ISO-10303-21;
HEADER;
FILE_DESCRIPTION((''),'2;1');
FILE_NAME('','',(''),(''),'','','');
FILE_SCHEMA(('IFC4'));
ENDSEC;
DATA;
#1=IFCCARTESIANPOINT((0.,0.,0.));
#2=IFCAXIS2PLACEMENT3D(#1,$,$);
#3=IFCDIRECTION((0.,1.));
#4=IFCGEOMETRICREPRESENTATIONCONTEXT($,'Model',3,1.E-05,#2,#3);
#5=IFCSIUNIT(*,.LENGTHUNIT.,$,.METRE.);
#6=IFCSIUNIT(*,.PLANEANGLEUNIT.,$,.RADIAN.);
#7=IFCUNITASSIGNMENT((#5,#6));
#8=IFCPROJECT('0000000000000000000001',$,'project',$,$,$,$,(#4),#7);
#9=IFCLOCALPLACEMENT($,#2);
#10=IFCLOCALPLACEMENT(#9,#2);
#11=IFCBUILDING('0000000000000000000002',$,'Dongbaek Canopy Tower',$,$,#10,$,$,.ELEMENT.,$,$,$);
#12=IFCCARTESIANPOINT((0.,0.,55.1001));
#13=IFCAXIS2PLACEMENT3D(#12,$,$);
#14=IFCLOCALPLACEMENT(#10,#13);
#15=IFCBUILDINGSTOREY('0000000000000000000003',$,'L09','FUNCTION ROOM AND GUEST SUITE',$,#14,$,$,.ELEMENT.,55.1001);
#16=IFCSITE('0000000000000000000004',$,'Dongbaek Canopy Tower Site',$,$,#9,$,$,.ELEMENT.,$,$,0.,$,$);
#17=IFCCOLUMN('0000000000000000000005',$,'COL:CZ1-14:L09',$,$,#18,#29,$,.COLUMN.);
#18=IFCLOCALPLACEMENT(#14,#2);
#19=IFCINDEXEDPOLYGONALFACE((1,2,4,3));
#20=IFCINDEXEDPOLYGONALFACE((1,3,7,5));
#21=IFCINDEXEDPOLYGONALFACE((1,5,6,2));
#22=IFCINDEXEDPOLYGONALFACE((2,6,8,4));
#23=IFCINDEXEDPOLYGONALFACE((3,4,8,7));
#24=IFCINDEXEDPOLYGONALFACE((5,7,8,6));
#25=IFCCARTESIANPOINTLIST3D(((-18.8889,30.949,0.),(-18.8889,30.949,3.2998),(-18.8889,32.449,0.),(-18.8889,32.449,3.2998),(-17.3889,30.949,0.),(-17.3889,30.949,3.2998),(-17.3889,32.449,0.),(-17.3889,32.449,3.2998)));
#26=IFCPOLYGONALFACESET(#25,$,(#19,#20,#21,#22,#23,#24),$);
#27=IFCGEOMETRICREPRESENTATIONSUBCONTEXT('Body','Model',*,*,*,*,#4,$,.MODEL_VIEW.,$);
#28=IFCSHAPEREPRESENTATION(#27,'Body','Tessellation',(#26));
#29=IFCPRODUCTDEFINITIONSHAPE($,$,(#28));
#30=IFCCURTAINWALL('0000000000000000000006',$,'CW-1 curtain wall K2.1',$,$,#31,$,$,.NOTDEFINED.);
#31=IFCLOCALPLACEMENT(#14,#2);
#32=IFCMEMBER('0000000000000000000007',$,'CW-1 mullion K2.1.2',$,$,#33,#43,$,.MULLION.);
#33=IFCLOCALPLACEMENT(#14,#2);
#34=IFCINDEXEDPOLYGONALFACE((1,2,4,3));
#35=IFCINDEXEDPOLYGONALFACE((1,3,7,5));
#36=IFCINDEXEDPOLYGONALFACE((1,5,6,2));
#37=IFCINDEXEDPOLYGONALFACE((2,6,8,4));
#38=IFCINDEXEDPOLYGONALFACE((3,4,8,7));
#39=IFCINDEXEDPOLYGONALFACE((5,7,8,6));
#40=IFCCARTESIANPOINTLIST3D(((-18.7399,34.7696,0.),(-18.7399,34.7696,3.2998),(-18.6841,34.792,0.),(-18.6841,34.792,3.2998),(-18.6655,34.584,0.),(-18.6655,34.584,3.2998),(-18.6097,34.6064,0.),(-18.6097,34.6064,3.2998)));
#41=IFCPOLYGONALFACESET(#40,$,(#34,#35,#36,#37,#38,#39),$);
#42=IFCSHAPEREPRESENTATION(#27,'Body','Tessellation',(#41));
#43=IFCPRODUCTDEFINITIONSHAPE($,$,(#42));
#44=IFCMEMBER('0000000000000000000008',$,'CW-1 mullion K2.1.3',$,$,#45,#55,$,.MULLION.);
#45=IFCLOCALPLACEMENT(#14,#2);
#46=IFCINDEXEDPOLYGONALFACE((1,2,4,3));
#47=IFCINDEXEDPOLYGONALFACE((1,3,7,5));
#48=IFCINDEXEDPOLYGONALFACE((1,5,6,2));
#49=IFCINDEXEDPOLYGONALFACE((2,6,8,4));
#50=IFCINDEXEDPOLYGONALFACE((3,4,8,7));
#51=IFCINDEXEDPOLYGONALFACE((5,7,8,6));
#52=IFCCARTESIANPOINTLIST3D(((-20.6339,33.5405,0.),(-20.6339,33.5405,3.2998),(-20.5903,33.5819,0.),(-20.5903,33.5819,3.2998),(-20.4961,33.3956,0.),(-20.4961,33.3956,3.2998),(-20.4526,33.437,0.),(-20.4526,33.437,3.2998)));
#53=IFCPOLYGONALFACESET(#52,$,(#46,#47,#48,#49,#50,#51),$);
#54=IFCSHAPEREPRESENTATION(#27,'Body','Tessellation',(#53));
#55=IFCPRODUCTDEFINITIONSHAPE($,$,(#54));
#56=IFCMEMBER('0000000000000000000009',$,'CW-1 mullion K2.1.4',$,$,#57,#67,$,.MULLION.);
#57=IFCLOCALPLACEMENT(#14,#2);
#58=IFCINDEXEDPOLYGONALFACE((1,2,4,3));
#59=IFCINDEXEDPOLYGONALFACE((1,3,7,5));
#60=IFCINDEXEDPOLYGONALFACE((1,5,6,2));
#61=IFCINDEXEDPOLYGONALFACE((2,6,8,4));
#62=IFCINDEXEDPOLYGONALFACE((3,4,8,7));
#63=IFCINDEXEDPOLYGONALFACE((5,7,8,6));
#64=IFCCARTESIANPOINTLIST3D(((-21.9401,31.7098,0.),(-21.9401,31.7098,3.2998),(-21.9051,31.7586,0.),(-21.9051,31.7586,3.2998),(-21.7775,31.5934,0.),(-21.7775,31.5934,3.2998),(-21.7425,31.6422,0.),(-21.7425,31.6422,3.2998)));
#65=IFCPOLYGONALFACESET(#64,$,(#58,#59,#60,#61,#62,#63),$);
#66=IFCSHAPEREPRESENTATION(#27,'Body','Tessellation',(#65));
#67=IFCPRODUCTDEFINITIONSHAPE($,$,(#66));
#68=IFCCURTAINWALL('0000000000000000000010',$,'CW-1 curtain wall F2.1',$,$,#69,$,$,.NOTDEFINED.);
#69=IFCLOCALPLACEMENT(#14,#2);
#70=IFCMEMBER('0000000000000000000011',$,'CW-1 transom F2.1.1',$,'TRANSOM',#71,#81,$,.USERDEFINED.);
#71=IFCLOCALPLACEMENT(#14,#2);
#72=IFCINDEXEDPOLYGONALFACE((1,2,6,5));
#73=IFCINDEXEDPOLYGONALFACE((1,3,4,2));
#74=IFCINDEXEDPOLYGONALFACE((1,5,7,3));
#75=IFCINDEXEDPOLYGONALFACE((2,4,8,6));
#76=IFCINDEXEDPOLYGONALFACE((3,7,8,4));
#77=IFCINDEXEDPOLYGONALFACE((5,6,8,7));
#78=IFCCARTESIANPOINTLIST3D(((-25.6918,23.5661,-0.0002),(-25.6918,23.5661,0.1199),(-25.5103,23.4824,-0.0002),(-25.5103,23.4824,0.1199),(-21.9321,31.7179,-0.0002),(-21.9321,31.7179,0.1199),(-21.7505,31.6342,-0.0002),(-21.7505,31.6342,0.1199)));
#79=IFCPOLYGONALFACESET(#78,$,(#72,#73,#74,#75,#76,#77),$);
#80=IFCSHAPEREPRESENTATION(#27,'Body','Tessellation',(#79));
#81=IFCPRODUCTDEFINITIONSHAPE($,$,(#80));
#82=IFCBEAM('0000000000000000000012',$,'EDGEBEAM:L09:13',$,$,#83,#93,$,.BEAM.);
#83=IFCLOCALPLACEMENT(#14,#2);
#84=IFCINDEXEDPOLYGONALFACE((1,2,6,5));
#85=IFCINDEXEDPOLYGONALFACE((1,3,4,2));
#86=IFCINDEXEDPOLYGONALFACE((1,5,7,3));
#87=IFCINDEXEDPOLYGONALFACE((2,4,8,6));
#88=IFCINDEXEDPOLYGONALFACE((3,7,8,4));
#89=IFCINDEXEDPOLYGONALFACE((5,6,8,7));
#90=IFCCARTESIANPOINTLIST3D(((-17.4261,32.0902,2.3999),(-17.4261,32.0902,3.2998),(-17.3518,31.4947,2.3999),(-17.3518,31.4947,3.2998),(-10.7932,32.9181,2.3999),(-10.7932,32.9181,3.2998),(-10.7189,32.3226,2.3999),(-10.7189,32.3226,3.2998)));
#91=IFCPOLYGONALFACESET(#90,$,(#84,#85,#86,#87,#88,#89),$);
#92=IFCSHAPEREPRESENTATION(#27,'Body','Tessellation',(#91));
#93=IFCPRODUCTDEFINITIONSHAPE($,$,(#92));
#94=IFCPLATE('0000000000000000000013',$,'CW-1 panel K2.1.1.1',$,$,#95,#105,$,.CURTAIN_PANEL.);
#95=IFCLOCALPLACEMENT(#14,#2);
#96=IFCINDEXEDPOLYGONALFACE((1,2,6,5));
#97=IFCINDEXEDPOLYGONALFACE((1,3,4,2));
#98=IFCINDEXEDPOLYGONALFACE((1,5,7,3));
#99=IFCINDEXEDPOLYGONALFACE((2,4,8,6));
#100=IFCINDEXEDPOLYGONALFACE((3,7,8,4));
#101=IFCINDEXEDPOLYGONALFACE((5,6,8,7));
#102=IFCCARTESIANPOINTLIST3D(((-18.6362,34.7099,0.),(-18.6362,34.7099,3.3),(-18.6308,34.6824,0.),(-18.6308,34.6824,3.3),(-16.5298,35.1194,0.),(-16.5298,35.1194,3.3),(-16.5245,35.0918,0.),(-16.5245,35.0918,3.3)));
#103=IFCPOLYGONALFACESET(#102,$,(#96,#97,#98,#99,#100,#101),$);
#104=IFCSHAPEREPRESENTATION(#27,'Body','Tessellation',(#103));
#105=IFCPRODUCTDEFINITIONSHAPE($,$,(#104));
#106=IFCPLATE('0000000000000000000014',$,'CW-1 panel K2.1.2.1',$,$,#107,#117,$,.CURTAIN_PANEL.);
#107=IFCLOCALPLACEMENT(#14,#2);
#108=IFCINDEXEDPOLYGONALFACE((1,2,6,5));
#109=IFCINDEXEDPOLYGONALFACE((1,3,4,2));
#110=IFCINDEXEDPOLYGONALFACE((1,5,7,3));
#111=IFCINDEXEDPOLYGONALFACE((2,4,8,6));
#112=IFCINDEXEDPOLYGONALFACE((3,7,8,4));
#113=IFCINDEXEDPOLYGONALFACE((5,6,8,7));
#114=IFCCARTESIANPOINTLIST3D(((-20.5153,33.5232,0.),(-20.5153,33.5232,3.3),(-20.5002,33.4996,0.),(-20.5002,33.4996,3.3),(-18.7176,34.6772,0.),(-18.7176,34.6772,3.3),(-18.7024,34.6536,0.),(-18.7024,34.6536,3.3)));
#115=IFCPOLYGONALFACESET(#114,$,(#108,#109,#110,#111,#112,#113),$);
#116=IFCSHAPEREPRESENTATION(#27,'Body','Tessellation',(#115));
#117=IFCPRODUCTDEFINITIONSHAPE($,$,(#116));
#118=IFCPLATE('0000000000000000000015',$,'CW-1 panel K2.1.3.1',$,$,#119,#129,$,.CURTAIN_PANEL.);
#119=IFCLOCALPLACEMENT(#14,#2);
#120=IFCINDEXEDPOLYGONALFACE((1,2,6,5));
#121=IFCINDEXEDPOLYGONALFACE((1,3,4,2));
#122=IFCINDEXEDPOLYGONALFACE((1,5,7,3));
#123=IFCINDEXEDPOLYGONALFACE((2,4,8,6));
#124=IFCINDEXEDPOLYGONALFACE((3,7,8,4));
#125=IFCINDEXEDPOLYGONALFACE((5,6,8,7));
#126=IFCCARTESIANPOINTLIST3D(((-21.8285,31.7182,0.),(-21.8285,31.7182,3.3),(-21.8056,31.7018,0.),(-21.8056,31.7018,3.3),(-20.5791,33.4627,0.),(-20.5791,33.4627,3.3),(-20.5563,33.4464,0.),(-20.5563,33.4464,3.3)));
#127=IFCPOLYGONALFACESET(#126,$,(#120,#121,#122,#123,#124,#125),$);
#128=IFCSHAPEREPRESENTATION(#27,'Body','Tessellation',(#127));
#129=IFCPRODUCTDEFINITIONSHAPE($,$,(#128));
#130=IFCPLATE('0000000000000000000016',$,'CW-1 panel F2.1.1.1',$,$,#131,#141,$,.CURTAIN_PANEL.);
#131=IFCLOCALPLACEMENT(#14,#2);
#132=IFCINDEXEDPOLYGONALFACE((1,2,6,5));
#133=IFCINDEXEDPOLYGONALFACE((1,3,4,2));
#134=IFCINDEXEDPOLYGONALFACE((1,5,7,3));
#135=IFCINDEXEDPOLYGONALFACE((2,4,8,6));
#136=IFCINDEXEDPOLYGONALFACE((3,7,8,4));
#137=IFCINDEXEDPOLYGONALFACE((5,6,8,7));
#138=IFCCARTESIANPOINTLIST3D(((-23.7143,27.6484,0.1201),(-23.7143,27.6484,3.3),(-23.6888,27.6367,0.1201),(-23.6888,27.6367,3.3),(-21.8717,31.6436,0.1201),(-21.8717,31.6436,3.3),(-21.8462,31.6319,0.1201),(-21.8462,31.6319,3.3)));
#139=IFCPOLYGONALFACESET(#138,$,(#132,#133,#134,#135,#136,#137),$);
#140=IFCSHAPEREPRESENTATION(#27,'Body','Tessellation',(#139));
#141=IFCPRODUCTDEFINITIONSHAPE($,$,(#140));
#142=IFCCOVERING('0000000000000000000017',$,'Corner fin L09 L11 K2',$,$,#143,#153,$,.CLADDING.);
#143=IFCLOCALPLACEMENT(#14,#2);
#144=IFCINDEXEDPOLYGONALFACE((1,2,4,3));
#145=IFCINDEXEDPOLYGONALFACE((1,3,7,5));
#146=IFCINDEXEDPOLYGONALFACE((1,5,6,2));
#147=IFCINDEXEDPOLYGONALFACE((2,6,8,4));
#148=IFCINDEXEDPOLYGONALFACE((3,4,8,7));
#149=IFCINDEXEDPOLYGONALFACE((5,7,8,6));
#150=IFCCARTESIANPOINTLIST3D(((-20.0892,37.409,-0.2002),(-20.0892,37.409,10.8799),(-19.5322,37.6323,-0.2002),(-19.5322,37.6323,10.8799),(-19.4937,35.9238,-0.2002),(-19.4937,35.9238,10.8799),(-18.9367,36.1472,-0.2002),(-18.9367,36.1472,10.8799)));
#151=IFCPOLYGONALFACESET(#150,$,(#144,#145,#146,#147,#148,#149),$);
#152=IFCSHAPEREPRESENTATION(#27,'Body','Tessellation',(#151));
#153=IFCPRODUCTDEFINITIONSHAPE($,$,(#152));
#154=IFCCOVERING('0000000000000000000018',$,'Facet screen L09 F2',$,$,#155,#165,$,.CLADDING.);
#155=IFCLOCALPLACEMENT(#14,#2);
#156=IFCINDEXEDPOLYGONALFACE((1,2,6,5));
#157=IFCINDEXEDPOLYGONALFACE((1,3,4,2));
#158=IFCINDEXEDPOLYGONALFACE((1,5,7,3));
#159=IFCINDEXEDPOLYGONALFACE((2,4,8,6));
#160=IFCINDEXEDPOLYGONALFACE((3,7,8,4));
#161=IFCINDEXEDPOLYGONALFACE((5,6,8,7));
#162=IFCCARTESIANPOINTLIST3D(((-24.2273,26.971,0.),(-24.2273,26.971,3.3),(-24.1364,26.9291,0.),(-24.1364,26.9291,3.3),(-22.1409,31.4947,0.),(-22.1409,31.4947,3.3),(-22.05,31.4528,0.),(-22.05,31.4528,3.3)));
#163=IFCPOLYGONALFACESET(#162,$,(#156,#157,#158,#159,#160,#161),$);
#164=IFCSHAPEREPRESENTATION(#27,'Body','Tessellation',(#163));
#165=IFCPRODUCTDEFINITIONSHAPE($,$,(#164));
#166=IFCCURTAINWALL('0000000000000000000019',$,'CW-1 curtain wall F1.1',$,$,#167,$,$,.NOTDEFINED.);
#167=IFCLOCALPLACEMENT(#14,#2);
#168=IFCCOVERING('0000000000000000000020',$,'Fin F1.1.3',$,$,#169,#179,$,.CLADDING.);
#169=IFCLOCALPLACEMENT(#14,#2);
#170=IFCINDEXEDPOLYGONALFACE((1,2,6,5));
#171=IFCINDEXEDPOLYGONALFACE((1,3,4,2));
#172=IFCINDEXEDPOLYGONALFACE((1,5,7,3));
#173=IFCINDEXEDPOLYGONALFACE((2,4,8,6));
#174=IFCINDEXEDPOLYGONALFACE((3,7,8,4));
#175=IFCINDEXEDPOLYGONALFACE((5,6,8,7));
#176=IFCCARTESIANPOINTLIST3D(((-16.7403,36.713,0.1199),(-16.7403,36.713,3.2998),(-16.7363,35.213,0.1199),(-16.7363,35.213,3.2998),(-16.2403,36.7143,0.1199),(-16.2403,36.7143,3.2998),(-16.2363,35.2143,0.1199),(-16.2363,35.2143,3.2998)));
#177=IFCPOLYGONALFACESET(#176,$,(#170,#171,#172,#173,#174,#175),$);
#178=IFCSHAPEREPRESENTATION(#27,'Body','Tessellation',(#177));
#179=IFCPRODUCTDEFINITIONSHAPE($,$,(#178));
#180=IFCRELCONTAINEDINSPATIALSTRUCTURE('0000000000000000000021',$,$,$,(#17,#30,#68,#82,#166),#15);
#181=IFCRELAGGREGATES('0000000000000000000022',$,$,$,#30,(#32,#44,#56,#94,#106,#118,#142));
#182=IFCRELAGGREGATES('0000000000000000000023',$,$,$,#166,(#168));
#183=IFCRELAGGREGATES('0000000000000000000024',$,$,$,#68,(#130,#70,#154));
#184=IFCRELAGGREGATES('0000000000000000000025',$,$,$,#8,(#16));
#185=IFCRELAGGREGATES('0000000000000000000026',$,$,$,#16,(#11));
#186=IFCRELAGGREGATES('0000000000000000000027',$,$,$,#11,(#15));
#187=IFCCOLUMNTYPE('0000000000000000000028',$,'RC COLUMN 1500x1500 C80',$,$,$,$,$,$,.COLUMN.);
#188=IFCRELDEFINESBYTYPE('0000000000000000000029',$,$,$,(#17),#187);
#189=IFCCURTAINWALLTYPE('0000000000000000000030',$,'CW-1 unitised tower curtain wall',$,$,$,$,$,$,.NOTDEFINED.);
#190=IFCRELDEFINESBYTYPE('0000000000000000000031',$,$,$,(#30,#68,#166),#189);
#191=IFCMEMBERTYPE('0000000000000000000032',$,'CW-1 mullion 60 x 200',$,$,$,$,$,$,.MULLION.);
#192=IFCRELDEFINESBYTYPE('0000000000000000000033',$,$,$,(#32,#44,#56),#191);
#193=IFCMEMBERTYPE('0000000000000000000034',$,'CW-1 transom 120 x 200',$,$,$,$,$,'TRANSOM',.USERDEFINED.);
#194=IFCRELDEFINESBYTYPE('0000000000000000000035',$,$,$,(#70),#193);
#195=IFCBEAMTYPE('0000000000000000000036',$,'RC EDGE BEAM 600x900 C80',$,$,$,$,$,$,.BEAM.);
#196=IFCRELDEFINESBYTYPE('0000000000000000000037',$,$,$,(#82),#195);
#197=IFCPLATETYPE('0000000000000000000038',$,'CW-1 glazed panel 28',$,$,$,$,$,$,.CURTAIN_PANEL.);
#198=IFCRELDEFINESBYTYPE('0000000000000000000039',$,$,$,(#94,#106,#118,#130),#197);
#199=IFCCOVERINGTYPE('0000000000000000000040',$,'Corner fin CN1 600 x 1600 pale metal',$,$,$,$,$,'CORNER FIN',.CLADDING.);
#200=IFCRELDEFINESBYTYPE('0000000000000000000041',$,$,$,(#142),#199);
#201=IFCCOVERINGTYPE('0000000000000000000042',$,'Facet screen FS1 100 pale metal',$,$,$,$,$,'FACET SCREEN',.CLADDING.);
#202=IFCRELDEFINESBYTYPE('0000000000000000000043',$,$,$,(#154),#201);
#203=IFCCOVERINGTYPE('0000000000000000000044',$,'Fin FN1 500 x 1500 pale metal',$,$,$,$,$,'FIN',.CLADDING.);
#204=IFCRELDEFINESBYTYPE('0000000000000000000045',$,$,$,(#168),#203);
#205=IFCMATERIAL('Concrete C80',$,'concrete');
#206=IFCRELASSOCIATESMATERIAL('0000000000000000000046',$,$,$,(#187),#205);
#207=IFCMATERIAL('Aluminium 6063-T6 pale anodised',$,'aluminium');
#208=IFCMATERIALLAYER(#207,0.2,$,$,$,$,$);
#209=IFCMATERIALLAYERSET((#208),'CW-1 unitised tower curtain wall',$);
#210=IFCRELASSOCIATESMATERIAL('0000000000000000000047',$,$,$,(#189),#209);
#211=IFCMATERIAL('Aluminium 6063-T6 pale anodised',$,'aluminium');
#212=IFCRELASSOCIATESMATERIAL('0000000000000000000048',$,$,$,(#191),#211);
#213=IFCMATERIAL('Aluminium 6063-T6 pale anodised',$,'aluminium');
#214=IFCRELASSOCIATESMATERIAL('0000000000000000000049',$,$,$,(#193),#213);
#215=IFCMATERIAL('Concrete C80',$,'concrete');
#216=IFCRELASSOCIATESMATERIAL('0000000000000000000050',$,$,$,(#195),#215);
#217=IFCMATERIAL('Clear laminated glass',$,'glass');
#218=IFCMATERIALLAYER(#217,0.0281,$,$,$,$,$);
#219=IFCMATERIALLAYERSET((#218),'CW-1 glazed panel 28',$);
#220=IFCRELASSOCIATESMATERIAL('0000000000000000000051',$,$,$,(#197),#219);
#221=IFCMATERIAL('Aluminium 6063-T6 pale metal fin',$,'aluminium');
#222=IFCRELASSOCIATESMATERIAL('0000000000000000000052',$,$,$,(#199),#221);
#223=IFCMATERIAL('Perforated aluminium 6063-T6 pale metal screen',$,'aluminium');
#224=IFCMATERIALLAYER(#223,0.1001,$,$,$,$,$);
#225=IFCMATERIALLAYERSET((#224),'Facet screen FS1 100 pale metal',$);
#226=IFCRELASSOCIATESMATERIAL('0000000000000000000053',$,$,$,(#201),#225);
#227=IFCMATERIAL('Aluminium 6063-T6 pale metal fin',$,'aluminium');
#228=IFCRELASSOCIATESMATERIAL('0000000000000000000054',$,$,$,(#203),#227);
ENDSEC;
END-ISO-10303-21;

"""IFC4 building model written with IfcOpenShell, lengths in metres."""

from ifc_helpers import new_model, si_unit, direction, frame, origin, origin_2d, place, context, subcontext, project, spatial, rectangle, extrude, material, layer, layer_set, material_profile, profile_set, type_object, element, aggregate, save


model = new_model("IFC4")

# Units and contexts
model_context = context("Model", 3, precision=1e-05, world=origin(), true_north=direction((0.0, 1.0)))
body_context = subcontext(model_context, "Body", "Model", "MODEL_VIEW")
ifc_project = project(units=[si_unit("LENGTHUNIT", "METRE"), si_unit("PLANEANGLEUNIT", "RADIAN")], contexts=[model_context])

# Site, building, storey
site_placement = place(None, origin())
site = spatial("IfcSite", under=ifc_project, at=site_placement, Name="Dongbaek Canopy Tower Site", CompositionType="ELEMENT", RefElevation=0.0)
building_placement = place(site_placement, origin())
building = spatial("IfcBuilding", under=site, at=building_placement, Name="Dongbaek Canopy Tower", CompositionType="ELEMENT")
storey_placement = place(building_placement, frame((0.0, 0.0, 55.1001)))
storey = spatial("IfcBuildingStorey", under=building, at=storey_placement, Name="L09", Description="FUNCTION ROOM AND GUEST SUITE", CompositionType="ELEMENT", Elevation=55.1001)

# Column
ifc_material_1 = material(Name="Concrete C80", Category="concrete")
ifc_material_profile_1 = material_profile(ifc_material_1, rectangle(XDim=1.5, YDim=1.5, at=origin_2d()), Name="RC COLUMN 1500x1500 C80")
ifc_profile_set_1 = profile_set([ifc_material_profile_1], Name="Concrete C80")
column_type = type_object("IfcColumnType", Name="RC COLUMN 1500x1500 C80", PredefinedType="COLUMN", material=ifc_profile_set_1)
column_placement = place(storey_placement, frame((-18.1389, 31.699, 0.0), z_axis=(0.0, 0.0, 1.0), x_axis=(1.0, 0.0, 0.0)))
element("IfcColumn", 1, at=column_placement, inside=storey, type_object=column_type, Name="COL:CZ1-14:L09", PredefinedType="COLUMN", context=body_context, shape_type="SweptSolid", body=[
    extrude(rectangle(XDim=1.5, YDim=1.5, at=origin_2d()), origin(), (0.0, 0.0, 1.0), 3.2998),
])

# Curtain wall, members
ifc_material_2 = material(Name="Aluminium 6063-T6 pale anodised", Category="aluminium")
ifc_layer_1 = layer(ifc_material_2, 0.2)
ifc_layer_set_1 = layer_set([ifc_layer_1], Name="CW-1 unitised tower curtain wall")
curtain_wall_type = type_object("IfcCurtainWallType", Name="CW-1 unitised tower curtain wall", PredefinedType="NOTDEFINED", material=ifc_layer_set_1)
curtain_wall_1_placement = place(storey_placement, origin())
curtain_wall_1 = element("IfcCurtainWall", 2, at=curtain_wall_1_placement, inside=storey, type_object=curtain_wall_type, Name="CW-1 curtain wall K2.1", PredefinedType="NOTDEFINED")
ifc_material_3 = material(Name="Aluminium 6063-T6 pale anodised", Category="aluminium")
ifc_material_profile_2 = material_profile(ifc_material_3, rectangle(XDim=0.2, YDim=0.0601, at=origin_2d()), Name="CW-1 mullion 60 x 200")
ifc_profile_set_2 = profile_set([ifc_material_profile_2], Name="Aluminium 6063-T6 pale anodised")
member_type_1 = type_object("IfcMemberType", Name="CW-1 mullion 60 x 200", PredefinedType="MULLION", material=ifc_profile_set_2)
member_1_placement = place(storey_placement, frame((-18.6748, 34.688, 0.0), z_axis=(0.0, 0.0, 1.0), x_axis=(-0.372156, 0.92817, 0.0)))
member_1 = element("IfcMember", 3, at=member_1_placement, type_object=member_type_1, Name="CW-1 mullion K2.1.2", PredefinedType="MULLION", context=body_context, shape_type="SweptSolid", body=[
    extrude(rectangle(XDim=0.2, YDim=0.0601, at=origin_2d()), origin(), (0.0, 0.0, 1.0), 3.2998),
])
member_2_placement = place(storey_placement, frame((-20.5432, 33.4888, 0.0), z_axis=(0.0, 0.0, 1.0), x_axis=(-0.688918, 0.724839, 0.0)))
member_2 = element("IfcMember", 4, at=member_2_placement, type_object=member_type_1, Name="CW-1 mullion K2.1.3", PredefinedType="MULLION", context=body_context, shape_type="SweptSolid", body=[
    extrude(rectangle(XDim=0.2, YDim=0.0601, at=origin_2d()), origin(), (0.0, 0.0, 1.0), 3.2998),
])
member_3_placement = place(storey_placement, frame((-21.8413, 31.676, 0.0), z_axis=(0.0, 0.0, 1.0), x_axis=(-0.813024, 0.58223, 0.0)))
member_3 = element("IfcMember", 5, at=member_3_placement, type_object=member_type_1, Name="CW-1 mullion K2.1.4", PredefinedType="MULLION", context=body_context, shape_type="SweptSolid", body=[
    extrude(rectangle(XDim=0.2, YDim=0.0601, at=origin_2d()), origin(), (0.0, 0.0, 1.0), 3.2998),
])

# Curtain wall, member
curtain_wall_2_placement = place(storey_placement, origin())
curtain_wall_2 = element("IfcCurtainWall", 6, at=curtain_wall_2_placement, inside=storey, type_object=curtain_wall_type, Name="CW-1 curtain wall F2.1", PredefinedType="NOTDEFINED")
ifc_material_4 = material(Name="Aluminium 6063-T6 pale anodised", Category="aluminium")
ifc_material_profile_3 = material_profile(ifc_material_4, rectangle(XDim=0.2, YDim=0.1201, at=origin_2d()), Name="CW-1 transom 120 x 200")
ifc_profile_set_3 = profile_set([ifc_material_profile_3], Name="Aluminium 6063-T6 pale anodised")
member_type_2 = type_object("IfcMemberType", Name="CW-1 transom 120 x 200", ElementType="TRANSOM", PredefinedType="USERDEFINED", material=ifc_profile_set_3)
member_4_placement = place(storey_placement, frame((-21.8413, 31.676, 0.0598), z_axis=(-0.418817, -0.908071, 0.0), x_axis=(0.908071, -0.418817, 0.0)))
member_4 = element("IfcMember", 7, at=member_4_placement, type_object=member_type_2, Name="CW-1 transom F2.1.1", ObjectType="TRANSOM", PredefinedType="USERDEFINED", context=body_context, shape_type="SweptSolid", body=[
    extrude(rectangle(XDim=0.2, YDim=0.1201, at=origin_2d()), origin(), (0.0, 0.0, 1.0), 8.9771),
])

# Beam
ifc_material_5 = material(Name="Concrete C80", Category="concrete")
ifc_material_profile_4 = material_profile(ifc_material_5, rectangle(XDim=0.6001, YDim=0.8999, at=origin_2d()), Name="RC EDGE BEAM 600x900 C80")
ifc_profile_set_4 = profile_set([ifc_material_profile_4], Name="Concrete C80")
beam_type = type_object("IfcBeamType", Name="RC EDGE BEAM 600x900 C80", PredefinedType="BEAM", material=ifc_profile_set_4)
beam_placement = place(storey_placement, frame((-17.3889, 31.7925, 2.8499), z_axis=(0.9923, 0.123855, 0.0), x_axis=(-0.123855, 0.9923, 0.0)))
element("IfcBeam", 8, at=beam_placement, inside=storey, type_object=beam_type, Name="EDGEBEAM:L09:13", PredefinedType="BEAM", context=body_context, shape_type="SweptSolid", body=[
    extrude(rectangle(XDim=0.6001, YDim=0.8999, at=origin_2d()), origin(), (0.0, 0.0, 1.0), 6.6843),
])

# Plates
ifc_material_6 = material(Name="Clear laminated glass", Category="glass")
ifc_layer_2 = layer(ifc_material_6, 0.0281)
ifc_layer_set_2 = layer_set([ifc_layer_2], Name="CW-1 glazed panel 28")
plate_type = type_object("IfcPlateType", Name="CW-1 glazed panel 28", PredefinedType="CURTAIN_PANEL", material=ifc_layer_set_2)
plate_1_placement = place(storey_placement, frame((-17.5803, 34.9009, 0.0), z_axis=(0.0, 0.0, 1.0), x_axis=(-0.981625, -0.190821, 0.0)))
plate_1 = element("IfcPlate", 9, at=plate_1_placement, type_object=plate_type, Name="CW-1 panel K2.1.1.1", PredefinedType="CURTAIN_PANEL", context=body_context, shape_type="SweptSolid", body=[
    extrude(rectangle(XDim=2.1458, YDim=0.0281, at=origin_2d()), origin(), (0.0, 0.0, 1.0), 3.3),
])
plate_2_placement = place(storey_placement, frame((-19.6089, 34.0884, 0.0), z_axis=(0.0, 0.0, 1.0), x_axis=(-0.841543, -0.54019, 0.0)))
plate_2 = element("IfcPlate", 10, at=plate_2_placement, type_object=plate_type, Name="CW-1 panel K2.1.2.1", PredefinedType="CURTAIN_PANEL", context=body_context, shape_type="SweptSolid", body=[
    extrude(rectangle(XDim=2.1362, YDim=0.0281, at=origin_2d()), origin(), (0.0, 0.0, 1.0), 3.3),
])
plate_3_placement = place(storey_placement, frame((-21.1924, 32.5823, 0.0), z_axis=(0.0, 0.0, 1.0), x_axis=(-0.58223, -0.813024, 0.0)))
plate_3 = element("IfcPlate", 11, at=plate_3_placement, type_object=plate_type, Name="CW-1 panel K2.1.3.1", PredefinedType="CURTAIN_PANEL", context=body_context, shape_type="SweptSolid", body=[
    extrude(rectangle(XDim=2.1458, YDim=0.0281, at=origin_2d()), origin(), (0.0, 0.0, 1.0), 3.3),
])
plate_4_placement = place(storey_placement, frame((-22.7803, 29.6401, 0.1201), z_axis=(0.0, 0.0, 1.0), x_axis=(-0.418811, -0.908073, 0.0)))
plate_4 = element("IfcPlate", 12, at=plate_4_placement, type_object=plate_type, Name="CW-1 panel F2.1.1.1", PredefinedType="CURTAIN_PANEL", context=body_context, shape_type="SweptSolid", body=[
    extrude(rectangle(XDim=4.3997, YDim=0.0281, at=origin_2d()), origin(), (0.0, 0.0, 1.0), 3.1799),
])

# Coverings
ifc_material_7 = material(Name="Aluminium 6063-T6 pale metal fin", Category="aluminium")
ifc_material_profile_5 = material_profile(ifc_material_7, rectangle(XDim=1.6001, YDim=0.6001, at=origin_2d()), Name="Corner fin CN1 600 x 1600 pale metal")
ifc_profile_set_5 = profile_set([ifc_material_profile_5], Name="Aluminium 6063-T6 pale metal fin")
covering_type_1 = type_object("IfcCoveringType", Name="Corner fin CN1 600 x 1600 pale metal", ElementType="CORNER FIN", PredefinedType="CLADDING", material=ifc_profile_set_5)
covering_1_placement = place(storey_placement, frame((-19.5129, 36.7781, -0.2002), z_axis=(0.0, 0.0, 1.0), x_axis=(-0.372155, 0.92817, 0.0)))
covering_1 = element("IfcCovering", 13, at=covering_1_placement, type_object=covering_type_1, Name="Corner fin L09 L11 K2", PredefinedType="CLADDING", context=body_context, shape_type="SweptSolid", body=[
    extrude(rectangle(XDim=1.6001, YDim=0.6001, at=origin_2d()), origin(), (0.0, 0.0, 1.0), 11.0801),
])
aggregate(curtain_wall_1, [member_1, member_2, member_3, plate_1, plate_2, plate_3, covering_1])
ifc_material_8 = material(Name="Perforated aluminium 6063-T6 pale metal screen", Category="aluminium")
ifc_layer_3 = layer(ifc_material_8, 0.1001)
ifc_layer_set_3 = layer_set([ifc_layer_3], Name="Facet screen FS1 100 pale metal")
covering_type_2 = type_object("IfcCoveringType", Name="Facet screen FS1 100 pale metal", ElementType="FACET SCREEN", PredefinedType="CLADDING", material=ifc_layer_set_3)
covering_2_placement = place(storey_placement, frame((-23.1387, 29.2119, 0.0), z_axis=(0.0, 0.0, 1.0), x_axis=(-0.418812, -0.908073, 0.0)))
covering_2 = element("IfcCovering", 14, at=covering_2_placement, type_object=covering_type_2, Name="Facet screen L09 F2", PredefinedType="CLADDING", context=body_context, shape_type="SweptSolid", body=[
    extrude(rectangle(XDim=4.9817, YDim=0.1001, at=origin_2d()), origin(), (0.0, 0.0, 1.0), 3.3),
])

# Curtain wall, covering
curtain_wall_3_placement = place(storey_placement, origin())
curtain_wall_3 = element("IfcCurtainWall", 15, at=curtain_wall_3_placement, inside=storey, type_object=curtain_wall_type, Name="CW-1 curtain wall F1.1", PredefinedType="NOTDEFINED")
ifc_material_9 = material(Name="Aluminium 6063-T6 pale metal fin", Category="aluminium")
ifc_material_profile_6 = material_profile(ifc_material_9, rectangle(XDim=1.5, YDim=0.5, at=origin_2d()), Name="Fin FN1 500 x 1500 pale metal")
ifc_profile_set_6 = profile_set([ifc_material_profile_6], Name="Aluminium 6063-T6 pale metal fin")
covering_type_3 = type_object("IfcCoveringType", Name="Fin FN1 500 x 1500 pale metal", ElementType="FIN", PredefinedType="CLADDING", material=ifc_profile_set_6)
covering_3_placement = place(storey_placement, frame((-16.4883, 35.9636, 0.1199), z_axis=(0.0, 0.0, 1.0), x_axis=(-0.002666, 0.999996, 0.0)))
covering_3 = element("IfcCovering", 16, at=covering_3_placement, type_object=covering_type_3, Name="Fin F1.1.3", PredefinedType="CLADDING", context=body_context, shape_type="SweptSolid", body=[
    extrude(rectangle(XDim=1.5, YDim=0.5, at=origin_2d()), origin(), (0.0, 0.0, 1.0), 3.1799),
])
aggregate(curtain_wall_3, [covering_3])

aggregate(curtain_wall_2, [plate_4, member_4, covering_2])

save(model, "model.ifc")
